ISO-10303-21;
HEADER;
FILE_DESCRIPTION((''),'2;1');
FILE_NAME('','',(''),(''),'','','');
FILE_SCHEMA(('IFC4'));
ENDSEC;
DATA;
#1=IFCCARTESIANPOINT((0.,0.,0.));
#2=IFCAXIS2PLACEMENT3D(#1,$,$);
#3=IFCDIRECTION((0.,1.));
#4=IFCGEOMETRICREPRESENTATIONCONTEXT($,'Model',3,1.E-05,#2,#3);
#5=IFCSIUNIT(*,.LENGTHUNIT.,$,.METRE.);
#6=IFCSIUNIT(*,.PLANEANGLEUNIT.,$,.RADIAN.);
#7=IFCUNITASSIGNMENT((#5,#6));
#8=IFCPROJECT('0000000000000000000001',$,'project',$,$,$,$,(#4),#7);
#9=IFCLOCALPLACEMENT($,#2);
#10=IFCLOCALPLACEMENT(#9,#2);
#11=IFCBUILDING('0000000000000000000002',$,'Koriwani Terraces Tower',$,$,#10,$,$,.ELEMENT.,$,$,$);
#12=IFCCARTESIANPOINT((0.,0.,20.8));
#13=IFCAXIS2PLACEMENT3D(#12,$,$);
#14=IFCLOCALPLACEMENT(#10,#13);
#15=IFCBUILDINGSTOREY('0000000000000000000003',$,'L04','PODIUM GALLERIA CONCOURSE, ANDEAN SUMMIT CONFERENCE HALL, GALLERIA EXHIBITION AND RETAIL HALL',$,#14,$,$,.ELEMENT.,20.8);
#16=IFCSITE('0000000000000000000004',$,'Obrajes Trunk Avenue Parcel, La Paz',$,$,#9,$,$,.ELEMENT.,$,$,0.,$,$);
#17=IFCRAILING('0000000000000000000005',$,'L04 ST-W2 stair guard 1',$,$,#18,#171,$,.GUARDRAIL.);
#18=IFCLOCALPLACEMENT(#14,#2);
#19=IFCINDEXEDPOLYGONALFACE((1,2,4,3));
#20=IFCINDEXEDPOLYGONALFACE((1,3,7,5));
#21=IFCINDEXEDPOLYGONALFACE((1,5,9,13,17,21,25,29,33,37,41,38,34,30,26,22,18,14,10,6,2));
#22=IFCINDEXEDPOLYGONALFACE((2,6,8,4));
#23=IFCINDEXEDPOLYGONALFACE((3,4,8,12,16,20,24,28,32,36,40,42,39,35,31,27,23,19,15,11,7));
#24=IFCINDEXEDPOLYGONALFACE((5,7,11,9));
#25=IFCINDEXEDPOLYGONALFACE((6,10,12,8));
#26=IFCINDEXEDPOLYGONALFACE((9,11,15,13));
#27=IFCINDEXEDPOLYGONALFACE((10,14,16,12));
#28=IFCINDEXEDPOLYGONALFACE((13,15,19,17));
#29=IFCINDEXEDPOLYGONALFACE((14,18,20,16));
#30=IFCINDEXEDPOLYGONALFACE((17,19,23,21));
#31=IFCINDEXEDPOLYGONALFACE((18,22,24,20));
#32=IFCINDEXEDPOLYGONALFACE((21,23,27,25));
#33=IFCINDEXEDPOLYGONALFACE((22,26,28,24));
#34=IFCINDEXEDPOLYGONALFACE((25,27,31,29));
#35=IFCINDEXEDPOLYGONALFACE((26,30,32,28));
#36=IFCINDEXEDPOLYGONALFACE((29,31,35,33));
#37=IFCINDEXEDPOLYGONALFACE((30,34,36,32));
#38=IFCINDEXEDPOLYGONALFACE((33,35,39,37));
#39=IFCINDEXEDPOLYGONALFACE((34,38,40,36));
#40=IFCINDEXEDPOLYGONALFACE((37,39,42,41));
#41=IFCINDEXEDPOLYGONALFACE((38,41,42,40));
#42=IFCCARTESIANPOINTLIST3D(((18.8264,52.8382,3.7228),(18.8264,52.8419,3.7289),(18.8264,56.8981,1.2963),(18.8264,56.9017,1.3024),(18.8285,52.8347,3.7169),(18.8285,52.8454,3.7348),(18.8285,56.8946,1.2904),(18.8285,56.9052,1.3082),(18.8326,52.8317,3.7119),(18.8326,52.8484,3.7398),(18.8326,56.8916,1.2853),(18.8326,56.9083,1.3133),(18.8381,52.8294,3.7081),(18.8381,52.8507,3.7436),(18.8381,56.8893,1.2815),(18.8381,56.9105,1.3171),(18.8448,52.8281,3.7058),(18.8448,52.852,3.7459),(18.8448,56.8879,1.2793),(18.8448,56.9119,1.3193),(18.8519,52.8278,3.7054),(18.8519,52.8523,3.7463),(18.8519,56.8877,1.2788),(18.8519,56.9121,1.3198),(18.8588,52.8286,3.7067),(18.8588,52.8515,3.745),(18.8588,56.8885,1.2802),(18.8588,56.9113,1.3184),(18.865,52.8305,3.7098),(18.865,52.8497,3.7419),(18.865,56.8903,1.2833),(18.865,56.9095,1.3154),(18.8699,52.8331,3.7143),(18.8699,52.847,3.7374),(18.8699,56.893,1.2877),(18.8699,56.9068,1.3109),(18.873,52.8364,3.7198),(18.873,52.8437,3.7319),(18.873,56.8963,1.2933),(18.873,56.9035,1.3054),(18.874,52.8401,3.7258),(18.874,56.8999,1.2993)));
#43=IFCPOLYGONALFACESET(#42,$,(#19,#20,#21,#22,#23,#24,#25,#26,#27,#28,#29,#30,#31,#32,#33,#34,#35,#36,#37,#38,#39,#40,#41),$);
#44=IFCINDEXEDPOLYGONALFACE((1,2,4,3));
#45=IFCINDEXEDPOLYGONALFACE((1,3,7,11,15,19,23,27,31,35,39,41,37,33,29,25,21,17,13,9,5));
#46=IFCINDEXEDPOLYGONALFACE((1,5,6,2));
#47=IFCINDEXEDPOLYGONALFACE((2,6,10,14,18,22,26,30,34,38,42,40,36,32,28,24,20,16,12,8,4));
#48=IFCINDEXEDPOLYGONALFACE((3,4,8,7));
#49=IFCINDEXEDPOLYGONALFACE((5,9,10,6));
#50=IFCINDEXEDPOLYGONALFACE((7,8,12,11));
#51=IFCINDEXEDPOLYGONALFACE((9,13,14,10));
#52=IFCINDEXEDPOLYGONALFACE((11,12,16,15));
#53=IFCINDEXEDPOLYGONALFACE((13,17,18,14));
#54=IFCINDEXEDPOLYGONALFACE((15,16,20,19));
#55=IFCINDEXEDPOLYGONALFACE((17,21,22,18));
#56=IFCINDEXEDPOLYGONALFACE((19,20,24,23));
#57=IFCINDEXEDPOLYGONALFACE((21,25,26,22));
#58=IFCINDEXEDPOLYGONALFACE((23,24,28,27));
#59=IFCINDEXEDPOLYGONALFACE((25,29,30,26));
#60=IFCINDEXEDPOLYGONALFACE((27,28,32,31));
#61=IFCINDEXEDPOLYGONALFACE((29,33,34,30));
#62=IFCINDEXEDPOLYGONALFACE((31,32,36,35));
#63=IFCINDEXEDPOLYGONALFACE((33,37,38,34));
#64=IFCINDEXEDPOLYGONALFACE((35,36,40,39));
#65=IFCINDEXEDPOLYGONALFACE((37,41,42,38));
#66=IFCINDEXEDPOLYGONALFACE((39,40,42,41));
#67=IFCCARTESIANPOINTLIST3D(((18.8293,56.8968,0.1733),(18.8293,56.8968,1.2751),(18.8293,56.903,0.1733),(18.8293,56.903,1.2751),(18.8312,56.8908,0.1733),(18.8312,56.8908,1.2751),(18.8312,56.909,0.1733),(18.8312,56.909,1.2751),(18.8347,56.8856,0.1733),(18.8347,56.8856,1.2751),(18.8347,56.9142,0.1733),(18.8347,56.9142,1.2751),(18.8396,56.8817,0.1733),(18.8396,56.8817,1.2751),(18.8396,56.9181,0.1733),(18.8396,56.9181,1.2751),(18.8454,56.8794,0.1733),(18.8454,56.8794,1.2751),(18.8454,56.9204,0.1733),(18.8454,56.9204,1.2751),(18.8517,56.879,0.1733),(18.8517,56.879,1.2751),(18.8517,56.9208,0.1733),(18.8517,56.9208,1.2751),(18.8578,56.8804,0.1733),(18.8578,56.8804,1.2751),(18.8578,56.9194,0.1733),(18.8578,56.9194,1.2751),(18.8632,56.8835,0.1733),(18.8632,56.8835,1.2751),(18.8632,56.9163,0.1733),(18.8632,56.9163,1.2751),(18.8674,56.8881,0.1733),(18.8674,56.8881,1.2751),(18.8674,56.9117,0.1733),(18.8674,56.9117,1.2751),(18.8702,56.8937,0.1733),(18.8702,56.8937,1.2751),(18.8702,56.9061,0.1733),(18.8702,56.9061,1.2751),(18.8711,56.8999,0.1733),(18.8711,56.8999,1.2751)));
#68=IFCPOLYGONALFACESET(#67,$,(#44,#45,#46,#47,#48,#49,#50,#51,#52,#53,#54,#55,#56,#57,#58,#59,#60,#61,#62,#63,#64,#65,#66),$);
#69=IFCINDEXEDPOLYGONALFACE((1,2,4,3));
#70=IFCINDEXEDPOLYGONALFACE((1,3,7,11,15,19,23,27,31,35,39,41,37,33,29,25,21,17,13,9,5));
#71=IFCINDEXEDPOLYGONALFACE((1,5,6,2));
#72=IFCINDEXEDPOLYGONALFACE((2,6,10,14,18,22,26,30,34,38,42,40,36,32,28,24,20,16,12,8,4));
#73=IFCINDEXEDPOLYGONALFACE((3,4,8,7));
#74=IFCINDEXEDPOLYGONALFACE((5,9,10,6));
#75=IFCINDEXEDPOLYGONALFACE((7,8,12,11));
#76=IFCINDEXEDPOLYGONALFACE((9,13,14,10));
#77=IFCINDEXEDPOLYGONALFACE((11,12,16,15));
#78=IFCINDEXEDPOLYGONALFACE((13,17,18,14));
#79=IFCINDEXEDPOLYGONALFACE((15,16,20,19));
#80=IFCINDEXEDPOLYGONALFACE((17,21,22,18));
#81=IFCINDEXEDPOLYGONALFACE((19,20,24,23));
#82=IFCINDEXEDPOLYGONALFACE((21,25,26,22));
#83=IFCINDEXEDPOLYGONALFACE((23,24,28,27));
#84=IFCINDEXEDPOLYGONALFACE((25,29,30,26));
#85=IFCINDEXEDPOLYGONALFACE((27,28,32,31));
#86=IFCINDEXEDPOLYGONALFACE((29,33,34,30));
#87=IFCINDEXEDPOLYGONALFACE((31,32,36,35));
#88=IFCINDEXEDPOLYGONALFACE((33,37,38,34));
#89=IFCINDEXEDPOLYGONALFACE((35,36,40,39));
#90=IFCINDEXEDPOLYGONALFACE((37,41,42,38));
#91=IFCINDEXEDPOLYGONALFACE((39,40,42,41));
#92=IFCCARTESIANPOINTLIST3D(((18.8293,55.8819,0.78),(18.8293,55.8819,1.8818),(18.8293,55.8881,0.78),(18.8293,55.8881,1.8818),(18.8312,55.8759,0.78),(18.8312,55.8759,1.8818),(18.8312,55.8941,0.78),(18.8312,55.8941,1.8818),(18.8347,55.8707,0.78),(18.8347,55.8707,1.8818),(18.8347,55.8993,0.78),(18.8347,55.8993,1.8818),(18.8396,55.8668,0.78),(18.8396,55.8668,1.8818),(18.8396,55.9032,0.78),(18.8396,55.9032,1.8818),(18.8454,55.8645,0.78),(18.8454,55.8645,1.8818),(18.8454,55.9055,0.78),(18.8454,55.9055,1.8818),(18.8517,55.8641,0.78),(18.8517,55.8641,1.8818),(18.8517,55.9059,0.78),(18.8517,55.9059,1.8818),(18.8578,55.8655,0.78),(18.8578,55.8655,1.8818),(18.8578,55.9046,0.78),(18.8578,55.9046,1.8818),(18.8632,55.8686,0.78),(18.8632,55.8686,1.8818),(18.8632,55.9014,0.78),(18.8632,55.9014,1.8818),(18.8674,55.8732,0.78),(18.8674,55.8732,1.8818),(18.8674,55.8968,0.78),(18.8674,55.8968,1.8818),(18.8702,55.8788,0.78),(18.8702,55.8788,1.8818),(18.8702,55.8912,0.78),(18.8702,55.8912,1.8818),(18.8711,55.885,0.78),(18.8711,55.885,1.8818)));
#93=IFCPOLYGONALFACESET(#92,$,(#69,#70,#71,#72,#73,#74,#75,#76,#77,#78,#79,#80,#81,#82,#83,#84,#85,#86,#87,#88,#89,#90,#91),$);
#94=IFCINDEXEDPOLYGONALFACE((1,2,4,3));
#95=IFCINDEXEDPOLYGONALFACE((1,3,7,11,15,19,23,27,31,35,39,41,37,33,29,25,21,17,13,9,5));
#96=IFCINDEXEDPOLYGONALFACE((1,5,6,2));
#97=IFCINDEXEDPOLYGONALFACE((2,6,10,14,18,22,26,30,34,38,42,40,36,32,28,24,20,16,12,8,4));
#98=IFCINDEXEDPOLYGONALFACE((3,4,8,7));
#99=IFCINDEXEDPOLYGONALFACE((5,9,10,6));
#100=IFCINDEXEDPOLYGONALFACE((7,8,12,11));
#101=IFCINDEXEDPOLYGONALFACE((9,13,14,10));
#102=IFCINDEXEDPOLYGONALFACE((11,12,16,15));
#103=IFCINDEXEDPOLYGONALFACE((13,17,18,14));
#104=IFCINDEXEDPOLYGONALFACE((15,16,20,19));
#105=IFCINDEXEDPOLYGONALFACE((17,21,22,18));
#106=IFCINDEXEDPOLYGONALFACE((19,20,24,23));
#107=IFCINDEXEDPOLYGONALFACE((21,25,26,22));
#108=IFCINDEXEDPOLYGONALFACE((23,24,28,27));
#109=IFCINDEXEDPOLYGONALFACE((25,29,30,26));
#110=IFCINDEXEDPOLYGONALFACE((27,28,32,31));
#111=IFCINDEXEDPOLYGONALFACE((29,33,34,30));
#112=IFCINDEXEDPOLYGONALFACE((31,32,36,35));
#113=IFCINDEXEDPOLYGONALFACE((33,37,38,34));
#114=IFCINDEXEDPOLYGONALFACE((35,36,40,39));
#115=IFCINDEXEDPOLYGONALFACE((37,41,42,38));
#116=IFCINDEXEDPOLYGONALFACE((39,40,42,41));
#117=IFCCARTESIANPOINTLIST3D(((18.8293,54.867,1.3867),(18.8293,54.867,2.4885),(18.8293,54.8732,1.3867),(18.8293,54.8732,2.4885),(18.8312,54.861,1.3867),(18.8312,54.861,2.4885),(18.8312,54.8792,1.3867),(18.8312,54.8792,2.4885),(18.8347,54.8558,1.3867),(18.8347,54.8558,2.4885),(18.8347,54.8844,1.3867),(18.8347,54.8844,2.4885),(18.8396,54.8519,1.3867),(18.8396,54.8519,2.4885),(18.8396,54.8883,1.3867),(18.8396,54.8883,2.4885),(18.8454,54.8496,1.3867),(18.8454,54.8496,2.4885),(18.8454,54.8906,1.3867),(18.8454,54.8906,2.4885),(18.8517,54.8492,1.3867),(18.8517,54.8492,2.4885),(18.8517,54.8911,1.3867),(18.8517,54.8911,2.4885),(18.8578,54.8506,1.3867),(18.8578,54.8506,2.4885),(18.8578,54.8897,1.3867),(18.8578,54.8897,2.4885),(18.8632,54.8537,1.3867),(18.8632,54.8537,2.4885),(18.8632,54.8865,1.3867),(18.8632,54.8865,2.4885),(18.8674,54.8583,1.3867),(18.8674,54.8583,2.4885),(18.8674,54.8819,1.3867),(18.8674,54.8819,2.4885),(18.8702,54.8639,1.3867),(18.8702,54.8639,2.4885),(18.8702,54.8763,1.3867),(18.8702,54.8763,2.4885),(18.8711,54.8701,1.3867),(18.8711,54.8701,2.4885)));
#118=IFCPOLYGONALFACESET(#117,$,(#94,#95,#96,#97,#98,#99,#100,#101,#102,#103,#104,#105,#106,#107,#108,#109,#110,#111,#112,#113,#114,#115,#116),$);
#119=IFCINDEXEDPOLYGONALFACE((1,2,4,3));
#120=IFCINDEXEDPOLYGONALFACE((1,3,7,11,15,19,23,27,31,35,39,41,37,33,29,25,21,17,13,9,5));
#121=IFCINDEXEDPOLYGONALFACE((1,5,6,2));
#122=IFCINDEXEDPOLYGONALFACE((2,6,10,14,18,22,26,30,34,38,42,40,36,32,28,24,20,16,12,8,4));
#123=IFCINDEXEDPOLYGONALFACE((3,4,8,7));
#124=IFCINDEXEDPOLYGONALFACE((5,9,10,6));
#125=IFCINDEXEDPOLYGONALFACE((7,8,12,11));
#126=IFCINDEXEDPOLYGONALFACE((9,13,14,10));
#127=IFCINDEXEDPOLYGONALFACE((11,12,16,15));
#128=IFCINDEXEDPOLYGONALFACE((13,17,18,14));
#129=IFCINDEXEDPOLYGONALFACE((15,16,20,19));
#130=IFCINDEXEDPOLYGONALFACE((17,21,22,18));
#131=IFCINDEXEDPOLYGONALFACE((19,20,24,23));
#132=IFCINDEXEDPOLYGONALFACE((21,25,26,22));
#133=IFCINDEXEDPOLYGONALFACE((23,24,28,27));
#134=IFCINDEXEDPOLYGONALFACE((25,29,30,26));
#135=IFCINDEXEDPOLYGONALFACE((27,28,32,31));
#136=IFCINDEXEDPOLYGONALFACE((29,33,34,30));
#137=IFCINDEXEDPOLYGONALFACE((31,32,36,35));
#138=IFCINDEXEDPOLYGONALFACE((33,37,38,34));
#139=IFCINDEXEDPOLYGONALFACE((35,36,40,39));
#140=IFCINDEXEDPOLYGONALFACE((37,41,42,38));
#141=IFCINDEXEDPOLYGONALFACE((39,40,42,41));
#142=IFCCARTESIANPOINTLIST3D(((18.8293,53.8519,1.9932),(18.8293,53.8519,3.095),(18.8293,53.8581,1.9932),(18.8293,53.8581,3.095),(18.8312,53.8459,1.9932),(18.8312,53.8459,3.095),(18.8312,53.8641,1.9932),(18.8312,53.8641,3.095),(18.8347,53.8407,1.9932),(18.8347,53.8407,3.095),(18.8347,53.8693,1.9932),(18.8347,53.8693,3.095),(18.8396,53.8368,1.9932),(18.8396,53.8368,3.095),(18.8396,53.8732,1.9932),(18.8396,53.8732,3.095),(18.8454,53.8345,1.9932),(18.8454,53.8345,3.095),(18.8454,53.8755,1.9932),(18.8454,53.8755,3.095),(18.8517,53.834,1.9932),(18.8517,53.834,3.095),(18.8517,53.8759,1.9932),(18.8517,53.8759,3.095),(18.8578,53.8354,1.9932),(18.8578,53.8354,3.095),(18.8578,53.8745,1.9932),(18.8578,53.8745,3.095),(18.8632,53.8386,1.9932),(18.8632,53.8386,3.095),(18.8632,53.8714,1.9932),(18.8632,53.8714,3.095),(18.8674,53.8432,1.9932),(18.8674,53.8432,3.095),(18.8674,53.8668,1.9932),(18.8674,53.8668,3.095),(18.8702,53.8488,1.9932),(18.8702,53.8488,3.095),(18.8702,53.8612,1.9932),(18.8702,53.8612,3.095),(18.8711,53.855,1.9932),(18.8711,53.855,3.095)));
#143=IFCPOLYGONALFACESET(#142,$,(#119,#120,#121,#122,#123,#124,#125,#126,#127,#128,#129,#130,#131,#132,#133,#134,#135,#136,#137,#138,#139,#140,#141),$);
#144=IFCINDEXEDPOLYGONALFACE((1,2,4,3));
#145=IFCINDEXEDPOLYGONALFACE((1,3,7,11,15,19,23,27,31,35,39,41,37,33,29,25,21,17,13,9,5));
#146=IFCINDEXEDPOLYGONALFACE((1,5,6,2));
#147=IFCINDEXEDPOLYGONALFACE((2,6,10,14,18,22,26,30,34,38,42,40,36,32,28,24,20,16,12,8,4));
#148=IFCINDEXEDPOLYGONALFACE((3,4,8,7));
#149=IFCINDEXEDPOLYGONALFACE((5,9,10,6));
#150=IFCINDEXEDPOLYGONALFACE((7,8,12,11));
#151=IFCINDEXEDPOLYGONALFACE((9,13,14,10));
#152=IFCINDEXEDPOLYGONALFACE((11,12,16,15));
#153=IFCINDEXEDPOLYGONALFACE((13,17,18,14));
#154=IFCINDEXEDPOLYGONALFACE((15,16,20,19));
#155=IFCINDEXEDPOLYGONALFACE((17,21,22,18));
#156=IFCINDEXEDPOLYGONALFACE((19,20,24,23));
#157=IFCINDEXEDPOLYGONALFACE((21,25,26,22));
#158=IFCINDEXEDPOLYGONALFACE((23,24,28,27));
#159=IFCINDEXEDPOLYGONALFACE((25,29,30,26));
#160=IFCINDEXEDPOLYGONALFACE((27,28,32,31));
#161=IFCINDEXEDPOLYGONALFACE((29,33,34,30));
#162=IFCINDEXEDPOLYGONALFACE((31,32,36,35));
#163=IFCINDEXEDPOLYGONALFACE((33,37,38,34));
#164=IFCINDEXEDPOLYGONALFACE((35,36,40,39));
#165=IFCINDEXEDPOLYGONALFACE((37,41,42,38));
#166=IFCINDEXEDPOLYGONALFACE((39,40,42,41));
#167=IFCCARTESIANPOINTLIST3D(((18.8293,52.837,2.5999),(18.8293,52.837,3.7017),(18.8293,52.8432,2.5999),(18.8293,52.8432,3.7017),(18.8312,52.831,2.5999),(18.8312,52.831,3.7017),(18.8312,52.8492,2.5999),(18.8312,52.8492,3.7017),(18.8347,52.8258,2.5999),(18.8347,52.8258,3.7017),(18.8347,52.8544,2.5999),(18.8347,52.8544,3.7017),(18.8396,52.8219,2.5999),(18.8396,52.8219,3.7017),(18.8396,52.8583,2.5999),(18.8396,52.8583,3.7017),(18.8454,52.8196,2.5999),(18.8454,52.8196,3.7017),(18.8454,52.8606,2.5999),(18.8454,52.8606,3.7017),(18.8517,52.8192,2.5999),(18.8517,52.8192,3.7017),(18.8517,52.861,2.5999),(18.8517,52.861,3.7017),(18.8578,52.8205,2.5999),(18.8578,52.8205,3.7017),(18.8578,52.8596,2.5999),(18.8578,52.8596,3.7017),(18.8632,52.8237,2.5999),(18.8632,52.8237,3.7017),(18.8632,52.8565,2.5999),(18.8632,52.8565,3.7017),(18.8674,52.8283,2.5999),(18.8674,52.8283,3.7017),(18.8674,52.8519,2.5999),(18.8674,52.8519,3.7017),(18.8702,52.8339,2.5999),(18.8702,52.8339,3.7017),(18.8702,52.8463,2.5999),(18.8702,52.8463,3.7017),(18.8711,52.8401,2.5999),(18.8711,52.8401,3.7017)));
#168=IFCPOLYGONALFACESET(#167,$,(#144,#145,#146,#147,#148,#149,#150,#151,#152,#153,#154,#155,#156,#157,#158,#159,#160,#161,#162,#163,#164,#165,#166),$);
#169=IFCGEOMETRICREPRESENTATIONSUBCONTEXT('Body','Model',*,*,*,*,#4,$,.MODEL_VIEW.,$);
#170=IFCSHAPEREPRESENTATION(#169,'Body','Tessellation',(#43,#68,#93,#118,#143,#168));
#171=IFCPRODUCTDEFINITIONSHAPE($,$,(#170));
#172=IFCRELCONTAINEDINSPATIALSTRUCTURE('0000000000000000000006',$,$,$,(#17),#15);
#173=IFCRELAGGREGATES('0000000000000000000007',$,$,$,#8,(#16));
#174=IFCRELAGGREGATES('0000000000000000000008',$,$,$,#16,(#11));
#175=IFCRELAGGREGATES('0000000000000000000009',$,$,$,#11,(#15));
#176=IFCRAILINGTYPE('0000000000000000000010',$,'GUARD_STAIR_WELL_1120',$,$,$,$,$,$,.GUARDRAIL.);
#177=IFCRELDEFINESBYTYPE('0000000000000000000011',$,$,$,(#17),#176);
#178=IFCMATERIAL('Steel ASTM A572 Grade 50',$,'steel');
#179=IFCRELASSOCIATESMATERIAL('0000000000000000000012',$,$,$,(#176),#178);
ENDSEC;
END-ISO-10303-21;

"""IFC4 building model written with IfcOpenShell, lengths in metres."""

from ifc_helpers import new_model, si_unit, direction, frame, origin, origin_2d, place, context, subcontext, project, spatial, circle, extrude, material, type_object, element, save


model = new_model("IFC4")

# Units and contexts
model_context = context("Model", 3, precision=1e-05, world=origin(), true_north=direction((0.0, 1.0)))
body_context = subcontext(model_context, "Body", "Model", "MODEL_VIEW")
ifc_project = project(units=[si_unit("LENGTHUNIT", "METRE"), si_unit("PLANEANGLEUNIT", "RADIAN")], contexts=[model_context])

# Site, building, storey
site_placement = place(None, origin())
site = spatial("IfcSite", under=ifc_project, at=site_placement, Name="Obrajes Trunk Avenue Parcel, La Paz", CompositionType="ELEMENT", RefElevation=0.0)
building_placement = place(site_placement, origin())
building = spatial("IfcBuilding", under=site, at=building_placement, Name="Koriwani Terraces Tower", CompositionType="ELEMENT")
storey_placement = place(building_placement, frame((0.0, 0.0, 20.8)))
storey = spatial("IfcBuildingStorey", under=building, at=storey_placement, Name="L04", Description="PODIUM GALLERIA CONCOURSE, ANDEAN SUMMIT CONFERENCE HALL, GALLERIA EXHIBITION AND RETAIL HALL", CompositionType="ELEMENT", Elevation=20.8)

# Shared definitions
ifc_material_1 = material(Name="Steel ASTM A572 Grade 50", Category="steel")

# Railing
railing_type_1 = type_object("IfcRailingType", Name="GUARD_STAIR_WELL_1120", PredefinedType="GUARDRAIL", material=ifc_material_1)
railing_1_placement = place(storey_placement, frame((18.8501, 56.8999, 0.1733)))
element("IfcRailing", 1, at=railing_1_placement, inside=storey, type_object=railing_type_1, Name="L04 ST-W2 stair guard 1", PredefinedType="GUARDRAIL", context=body_context, shape_type="SweptSolid", body=[
    extrude(circle(Radius=0.0239, at=origin_2d()), frame((0.0, 0.0, 1.126), z_axis=(0.0, -0.858366, 0.513038), x_axis=(1.0, 0.0, 0.0)), (0.0, 0.0, 1.0), 4.7297),
    extrude(circle(Radius=0.021, at=origin_2d()), origin(), (0.0, 0.0, 1.0), 1.1018),
    extrude(circle(Radius=0.021, at=origin_2d()), frame((0.0, -1.0149, 0.6067)), (0.0, 0.0, 1.0), 1.1018),
    extrude(circle(Radius=0.021, at=origin_2d()), frame((0.0, -2.0298, 1.2134)), (0.0, 0.0, 1.0), 1.1018),
    extrude(circle(Radius=0.021, at=origin_2d()), frame((0.0, -3.0449, 1.8198)), (0.0, 0.0, 1.0), 1.1018),
    extrude(circle(Radius=0.021, at=origin_2d()), frame((0.0, -4.0598, 2.4265)), (0.0, 0.0, 1.0), 1.1018),
])

save(model, "model.ifc")
